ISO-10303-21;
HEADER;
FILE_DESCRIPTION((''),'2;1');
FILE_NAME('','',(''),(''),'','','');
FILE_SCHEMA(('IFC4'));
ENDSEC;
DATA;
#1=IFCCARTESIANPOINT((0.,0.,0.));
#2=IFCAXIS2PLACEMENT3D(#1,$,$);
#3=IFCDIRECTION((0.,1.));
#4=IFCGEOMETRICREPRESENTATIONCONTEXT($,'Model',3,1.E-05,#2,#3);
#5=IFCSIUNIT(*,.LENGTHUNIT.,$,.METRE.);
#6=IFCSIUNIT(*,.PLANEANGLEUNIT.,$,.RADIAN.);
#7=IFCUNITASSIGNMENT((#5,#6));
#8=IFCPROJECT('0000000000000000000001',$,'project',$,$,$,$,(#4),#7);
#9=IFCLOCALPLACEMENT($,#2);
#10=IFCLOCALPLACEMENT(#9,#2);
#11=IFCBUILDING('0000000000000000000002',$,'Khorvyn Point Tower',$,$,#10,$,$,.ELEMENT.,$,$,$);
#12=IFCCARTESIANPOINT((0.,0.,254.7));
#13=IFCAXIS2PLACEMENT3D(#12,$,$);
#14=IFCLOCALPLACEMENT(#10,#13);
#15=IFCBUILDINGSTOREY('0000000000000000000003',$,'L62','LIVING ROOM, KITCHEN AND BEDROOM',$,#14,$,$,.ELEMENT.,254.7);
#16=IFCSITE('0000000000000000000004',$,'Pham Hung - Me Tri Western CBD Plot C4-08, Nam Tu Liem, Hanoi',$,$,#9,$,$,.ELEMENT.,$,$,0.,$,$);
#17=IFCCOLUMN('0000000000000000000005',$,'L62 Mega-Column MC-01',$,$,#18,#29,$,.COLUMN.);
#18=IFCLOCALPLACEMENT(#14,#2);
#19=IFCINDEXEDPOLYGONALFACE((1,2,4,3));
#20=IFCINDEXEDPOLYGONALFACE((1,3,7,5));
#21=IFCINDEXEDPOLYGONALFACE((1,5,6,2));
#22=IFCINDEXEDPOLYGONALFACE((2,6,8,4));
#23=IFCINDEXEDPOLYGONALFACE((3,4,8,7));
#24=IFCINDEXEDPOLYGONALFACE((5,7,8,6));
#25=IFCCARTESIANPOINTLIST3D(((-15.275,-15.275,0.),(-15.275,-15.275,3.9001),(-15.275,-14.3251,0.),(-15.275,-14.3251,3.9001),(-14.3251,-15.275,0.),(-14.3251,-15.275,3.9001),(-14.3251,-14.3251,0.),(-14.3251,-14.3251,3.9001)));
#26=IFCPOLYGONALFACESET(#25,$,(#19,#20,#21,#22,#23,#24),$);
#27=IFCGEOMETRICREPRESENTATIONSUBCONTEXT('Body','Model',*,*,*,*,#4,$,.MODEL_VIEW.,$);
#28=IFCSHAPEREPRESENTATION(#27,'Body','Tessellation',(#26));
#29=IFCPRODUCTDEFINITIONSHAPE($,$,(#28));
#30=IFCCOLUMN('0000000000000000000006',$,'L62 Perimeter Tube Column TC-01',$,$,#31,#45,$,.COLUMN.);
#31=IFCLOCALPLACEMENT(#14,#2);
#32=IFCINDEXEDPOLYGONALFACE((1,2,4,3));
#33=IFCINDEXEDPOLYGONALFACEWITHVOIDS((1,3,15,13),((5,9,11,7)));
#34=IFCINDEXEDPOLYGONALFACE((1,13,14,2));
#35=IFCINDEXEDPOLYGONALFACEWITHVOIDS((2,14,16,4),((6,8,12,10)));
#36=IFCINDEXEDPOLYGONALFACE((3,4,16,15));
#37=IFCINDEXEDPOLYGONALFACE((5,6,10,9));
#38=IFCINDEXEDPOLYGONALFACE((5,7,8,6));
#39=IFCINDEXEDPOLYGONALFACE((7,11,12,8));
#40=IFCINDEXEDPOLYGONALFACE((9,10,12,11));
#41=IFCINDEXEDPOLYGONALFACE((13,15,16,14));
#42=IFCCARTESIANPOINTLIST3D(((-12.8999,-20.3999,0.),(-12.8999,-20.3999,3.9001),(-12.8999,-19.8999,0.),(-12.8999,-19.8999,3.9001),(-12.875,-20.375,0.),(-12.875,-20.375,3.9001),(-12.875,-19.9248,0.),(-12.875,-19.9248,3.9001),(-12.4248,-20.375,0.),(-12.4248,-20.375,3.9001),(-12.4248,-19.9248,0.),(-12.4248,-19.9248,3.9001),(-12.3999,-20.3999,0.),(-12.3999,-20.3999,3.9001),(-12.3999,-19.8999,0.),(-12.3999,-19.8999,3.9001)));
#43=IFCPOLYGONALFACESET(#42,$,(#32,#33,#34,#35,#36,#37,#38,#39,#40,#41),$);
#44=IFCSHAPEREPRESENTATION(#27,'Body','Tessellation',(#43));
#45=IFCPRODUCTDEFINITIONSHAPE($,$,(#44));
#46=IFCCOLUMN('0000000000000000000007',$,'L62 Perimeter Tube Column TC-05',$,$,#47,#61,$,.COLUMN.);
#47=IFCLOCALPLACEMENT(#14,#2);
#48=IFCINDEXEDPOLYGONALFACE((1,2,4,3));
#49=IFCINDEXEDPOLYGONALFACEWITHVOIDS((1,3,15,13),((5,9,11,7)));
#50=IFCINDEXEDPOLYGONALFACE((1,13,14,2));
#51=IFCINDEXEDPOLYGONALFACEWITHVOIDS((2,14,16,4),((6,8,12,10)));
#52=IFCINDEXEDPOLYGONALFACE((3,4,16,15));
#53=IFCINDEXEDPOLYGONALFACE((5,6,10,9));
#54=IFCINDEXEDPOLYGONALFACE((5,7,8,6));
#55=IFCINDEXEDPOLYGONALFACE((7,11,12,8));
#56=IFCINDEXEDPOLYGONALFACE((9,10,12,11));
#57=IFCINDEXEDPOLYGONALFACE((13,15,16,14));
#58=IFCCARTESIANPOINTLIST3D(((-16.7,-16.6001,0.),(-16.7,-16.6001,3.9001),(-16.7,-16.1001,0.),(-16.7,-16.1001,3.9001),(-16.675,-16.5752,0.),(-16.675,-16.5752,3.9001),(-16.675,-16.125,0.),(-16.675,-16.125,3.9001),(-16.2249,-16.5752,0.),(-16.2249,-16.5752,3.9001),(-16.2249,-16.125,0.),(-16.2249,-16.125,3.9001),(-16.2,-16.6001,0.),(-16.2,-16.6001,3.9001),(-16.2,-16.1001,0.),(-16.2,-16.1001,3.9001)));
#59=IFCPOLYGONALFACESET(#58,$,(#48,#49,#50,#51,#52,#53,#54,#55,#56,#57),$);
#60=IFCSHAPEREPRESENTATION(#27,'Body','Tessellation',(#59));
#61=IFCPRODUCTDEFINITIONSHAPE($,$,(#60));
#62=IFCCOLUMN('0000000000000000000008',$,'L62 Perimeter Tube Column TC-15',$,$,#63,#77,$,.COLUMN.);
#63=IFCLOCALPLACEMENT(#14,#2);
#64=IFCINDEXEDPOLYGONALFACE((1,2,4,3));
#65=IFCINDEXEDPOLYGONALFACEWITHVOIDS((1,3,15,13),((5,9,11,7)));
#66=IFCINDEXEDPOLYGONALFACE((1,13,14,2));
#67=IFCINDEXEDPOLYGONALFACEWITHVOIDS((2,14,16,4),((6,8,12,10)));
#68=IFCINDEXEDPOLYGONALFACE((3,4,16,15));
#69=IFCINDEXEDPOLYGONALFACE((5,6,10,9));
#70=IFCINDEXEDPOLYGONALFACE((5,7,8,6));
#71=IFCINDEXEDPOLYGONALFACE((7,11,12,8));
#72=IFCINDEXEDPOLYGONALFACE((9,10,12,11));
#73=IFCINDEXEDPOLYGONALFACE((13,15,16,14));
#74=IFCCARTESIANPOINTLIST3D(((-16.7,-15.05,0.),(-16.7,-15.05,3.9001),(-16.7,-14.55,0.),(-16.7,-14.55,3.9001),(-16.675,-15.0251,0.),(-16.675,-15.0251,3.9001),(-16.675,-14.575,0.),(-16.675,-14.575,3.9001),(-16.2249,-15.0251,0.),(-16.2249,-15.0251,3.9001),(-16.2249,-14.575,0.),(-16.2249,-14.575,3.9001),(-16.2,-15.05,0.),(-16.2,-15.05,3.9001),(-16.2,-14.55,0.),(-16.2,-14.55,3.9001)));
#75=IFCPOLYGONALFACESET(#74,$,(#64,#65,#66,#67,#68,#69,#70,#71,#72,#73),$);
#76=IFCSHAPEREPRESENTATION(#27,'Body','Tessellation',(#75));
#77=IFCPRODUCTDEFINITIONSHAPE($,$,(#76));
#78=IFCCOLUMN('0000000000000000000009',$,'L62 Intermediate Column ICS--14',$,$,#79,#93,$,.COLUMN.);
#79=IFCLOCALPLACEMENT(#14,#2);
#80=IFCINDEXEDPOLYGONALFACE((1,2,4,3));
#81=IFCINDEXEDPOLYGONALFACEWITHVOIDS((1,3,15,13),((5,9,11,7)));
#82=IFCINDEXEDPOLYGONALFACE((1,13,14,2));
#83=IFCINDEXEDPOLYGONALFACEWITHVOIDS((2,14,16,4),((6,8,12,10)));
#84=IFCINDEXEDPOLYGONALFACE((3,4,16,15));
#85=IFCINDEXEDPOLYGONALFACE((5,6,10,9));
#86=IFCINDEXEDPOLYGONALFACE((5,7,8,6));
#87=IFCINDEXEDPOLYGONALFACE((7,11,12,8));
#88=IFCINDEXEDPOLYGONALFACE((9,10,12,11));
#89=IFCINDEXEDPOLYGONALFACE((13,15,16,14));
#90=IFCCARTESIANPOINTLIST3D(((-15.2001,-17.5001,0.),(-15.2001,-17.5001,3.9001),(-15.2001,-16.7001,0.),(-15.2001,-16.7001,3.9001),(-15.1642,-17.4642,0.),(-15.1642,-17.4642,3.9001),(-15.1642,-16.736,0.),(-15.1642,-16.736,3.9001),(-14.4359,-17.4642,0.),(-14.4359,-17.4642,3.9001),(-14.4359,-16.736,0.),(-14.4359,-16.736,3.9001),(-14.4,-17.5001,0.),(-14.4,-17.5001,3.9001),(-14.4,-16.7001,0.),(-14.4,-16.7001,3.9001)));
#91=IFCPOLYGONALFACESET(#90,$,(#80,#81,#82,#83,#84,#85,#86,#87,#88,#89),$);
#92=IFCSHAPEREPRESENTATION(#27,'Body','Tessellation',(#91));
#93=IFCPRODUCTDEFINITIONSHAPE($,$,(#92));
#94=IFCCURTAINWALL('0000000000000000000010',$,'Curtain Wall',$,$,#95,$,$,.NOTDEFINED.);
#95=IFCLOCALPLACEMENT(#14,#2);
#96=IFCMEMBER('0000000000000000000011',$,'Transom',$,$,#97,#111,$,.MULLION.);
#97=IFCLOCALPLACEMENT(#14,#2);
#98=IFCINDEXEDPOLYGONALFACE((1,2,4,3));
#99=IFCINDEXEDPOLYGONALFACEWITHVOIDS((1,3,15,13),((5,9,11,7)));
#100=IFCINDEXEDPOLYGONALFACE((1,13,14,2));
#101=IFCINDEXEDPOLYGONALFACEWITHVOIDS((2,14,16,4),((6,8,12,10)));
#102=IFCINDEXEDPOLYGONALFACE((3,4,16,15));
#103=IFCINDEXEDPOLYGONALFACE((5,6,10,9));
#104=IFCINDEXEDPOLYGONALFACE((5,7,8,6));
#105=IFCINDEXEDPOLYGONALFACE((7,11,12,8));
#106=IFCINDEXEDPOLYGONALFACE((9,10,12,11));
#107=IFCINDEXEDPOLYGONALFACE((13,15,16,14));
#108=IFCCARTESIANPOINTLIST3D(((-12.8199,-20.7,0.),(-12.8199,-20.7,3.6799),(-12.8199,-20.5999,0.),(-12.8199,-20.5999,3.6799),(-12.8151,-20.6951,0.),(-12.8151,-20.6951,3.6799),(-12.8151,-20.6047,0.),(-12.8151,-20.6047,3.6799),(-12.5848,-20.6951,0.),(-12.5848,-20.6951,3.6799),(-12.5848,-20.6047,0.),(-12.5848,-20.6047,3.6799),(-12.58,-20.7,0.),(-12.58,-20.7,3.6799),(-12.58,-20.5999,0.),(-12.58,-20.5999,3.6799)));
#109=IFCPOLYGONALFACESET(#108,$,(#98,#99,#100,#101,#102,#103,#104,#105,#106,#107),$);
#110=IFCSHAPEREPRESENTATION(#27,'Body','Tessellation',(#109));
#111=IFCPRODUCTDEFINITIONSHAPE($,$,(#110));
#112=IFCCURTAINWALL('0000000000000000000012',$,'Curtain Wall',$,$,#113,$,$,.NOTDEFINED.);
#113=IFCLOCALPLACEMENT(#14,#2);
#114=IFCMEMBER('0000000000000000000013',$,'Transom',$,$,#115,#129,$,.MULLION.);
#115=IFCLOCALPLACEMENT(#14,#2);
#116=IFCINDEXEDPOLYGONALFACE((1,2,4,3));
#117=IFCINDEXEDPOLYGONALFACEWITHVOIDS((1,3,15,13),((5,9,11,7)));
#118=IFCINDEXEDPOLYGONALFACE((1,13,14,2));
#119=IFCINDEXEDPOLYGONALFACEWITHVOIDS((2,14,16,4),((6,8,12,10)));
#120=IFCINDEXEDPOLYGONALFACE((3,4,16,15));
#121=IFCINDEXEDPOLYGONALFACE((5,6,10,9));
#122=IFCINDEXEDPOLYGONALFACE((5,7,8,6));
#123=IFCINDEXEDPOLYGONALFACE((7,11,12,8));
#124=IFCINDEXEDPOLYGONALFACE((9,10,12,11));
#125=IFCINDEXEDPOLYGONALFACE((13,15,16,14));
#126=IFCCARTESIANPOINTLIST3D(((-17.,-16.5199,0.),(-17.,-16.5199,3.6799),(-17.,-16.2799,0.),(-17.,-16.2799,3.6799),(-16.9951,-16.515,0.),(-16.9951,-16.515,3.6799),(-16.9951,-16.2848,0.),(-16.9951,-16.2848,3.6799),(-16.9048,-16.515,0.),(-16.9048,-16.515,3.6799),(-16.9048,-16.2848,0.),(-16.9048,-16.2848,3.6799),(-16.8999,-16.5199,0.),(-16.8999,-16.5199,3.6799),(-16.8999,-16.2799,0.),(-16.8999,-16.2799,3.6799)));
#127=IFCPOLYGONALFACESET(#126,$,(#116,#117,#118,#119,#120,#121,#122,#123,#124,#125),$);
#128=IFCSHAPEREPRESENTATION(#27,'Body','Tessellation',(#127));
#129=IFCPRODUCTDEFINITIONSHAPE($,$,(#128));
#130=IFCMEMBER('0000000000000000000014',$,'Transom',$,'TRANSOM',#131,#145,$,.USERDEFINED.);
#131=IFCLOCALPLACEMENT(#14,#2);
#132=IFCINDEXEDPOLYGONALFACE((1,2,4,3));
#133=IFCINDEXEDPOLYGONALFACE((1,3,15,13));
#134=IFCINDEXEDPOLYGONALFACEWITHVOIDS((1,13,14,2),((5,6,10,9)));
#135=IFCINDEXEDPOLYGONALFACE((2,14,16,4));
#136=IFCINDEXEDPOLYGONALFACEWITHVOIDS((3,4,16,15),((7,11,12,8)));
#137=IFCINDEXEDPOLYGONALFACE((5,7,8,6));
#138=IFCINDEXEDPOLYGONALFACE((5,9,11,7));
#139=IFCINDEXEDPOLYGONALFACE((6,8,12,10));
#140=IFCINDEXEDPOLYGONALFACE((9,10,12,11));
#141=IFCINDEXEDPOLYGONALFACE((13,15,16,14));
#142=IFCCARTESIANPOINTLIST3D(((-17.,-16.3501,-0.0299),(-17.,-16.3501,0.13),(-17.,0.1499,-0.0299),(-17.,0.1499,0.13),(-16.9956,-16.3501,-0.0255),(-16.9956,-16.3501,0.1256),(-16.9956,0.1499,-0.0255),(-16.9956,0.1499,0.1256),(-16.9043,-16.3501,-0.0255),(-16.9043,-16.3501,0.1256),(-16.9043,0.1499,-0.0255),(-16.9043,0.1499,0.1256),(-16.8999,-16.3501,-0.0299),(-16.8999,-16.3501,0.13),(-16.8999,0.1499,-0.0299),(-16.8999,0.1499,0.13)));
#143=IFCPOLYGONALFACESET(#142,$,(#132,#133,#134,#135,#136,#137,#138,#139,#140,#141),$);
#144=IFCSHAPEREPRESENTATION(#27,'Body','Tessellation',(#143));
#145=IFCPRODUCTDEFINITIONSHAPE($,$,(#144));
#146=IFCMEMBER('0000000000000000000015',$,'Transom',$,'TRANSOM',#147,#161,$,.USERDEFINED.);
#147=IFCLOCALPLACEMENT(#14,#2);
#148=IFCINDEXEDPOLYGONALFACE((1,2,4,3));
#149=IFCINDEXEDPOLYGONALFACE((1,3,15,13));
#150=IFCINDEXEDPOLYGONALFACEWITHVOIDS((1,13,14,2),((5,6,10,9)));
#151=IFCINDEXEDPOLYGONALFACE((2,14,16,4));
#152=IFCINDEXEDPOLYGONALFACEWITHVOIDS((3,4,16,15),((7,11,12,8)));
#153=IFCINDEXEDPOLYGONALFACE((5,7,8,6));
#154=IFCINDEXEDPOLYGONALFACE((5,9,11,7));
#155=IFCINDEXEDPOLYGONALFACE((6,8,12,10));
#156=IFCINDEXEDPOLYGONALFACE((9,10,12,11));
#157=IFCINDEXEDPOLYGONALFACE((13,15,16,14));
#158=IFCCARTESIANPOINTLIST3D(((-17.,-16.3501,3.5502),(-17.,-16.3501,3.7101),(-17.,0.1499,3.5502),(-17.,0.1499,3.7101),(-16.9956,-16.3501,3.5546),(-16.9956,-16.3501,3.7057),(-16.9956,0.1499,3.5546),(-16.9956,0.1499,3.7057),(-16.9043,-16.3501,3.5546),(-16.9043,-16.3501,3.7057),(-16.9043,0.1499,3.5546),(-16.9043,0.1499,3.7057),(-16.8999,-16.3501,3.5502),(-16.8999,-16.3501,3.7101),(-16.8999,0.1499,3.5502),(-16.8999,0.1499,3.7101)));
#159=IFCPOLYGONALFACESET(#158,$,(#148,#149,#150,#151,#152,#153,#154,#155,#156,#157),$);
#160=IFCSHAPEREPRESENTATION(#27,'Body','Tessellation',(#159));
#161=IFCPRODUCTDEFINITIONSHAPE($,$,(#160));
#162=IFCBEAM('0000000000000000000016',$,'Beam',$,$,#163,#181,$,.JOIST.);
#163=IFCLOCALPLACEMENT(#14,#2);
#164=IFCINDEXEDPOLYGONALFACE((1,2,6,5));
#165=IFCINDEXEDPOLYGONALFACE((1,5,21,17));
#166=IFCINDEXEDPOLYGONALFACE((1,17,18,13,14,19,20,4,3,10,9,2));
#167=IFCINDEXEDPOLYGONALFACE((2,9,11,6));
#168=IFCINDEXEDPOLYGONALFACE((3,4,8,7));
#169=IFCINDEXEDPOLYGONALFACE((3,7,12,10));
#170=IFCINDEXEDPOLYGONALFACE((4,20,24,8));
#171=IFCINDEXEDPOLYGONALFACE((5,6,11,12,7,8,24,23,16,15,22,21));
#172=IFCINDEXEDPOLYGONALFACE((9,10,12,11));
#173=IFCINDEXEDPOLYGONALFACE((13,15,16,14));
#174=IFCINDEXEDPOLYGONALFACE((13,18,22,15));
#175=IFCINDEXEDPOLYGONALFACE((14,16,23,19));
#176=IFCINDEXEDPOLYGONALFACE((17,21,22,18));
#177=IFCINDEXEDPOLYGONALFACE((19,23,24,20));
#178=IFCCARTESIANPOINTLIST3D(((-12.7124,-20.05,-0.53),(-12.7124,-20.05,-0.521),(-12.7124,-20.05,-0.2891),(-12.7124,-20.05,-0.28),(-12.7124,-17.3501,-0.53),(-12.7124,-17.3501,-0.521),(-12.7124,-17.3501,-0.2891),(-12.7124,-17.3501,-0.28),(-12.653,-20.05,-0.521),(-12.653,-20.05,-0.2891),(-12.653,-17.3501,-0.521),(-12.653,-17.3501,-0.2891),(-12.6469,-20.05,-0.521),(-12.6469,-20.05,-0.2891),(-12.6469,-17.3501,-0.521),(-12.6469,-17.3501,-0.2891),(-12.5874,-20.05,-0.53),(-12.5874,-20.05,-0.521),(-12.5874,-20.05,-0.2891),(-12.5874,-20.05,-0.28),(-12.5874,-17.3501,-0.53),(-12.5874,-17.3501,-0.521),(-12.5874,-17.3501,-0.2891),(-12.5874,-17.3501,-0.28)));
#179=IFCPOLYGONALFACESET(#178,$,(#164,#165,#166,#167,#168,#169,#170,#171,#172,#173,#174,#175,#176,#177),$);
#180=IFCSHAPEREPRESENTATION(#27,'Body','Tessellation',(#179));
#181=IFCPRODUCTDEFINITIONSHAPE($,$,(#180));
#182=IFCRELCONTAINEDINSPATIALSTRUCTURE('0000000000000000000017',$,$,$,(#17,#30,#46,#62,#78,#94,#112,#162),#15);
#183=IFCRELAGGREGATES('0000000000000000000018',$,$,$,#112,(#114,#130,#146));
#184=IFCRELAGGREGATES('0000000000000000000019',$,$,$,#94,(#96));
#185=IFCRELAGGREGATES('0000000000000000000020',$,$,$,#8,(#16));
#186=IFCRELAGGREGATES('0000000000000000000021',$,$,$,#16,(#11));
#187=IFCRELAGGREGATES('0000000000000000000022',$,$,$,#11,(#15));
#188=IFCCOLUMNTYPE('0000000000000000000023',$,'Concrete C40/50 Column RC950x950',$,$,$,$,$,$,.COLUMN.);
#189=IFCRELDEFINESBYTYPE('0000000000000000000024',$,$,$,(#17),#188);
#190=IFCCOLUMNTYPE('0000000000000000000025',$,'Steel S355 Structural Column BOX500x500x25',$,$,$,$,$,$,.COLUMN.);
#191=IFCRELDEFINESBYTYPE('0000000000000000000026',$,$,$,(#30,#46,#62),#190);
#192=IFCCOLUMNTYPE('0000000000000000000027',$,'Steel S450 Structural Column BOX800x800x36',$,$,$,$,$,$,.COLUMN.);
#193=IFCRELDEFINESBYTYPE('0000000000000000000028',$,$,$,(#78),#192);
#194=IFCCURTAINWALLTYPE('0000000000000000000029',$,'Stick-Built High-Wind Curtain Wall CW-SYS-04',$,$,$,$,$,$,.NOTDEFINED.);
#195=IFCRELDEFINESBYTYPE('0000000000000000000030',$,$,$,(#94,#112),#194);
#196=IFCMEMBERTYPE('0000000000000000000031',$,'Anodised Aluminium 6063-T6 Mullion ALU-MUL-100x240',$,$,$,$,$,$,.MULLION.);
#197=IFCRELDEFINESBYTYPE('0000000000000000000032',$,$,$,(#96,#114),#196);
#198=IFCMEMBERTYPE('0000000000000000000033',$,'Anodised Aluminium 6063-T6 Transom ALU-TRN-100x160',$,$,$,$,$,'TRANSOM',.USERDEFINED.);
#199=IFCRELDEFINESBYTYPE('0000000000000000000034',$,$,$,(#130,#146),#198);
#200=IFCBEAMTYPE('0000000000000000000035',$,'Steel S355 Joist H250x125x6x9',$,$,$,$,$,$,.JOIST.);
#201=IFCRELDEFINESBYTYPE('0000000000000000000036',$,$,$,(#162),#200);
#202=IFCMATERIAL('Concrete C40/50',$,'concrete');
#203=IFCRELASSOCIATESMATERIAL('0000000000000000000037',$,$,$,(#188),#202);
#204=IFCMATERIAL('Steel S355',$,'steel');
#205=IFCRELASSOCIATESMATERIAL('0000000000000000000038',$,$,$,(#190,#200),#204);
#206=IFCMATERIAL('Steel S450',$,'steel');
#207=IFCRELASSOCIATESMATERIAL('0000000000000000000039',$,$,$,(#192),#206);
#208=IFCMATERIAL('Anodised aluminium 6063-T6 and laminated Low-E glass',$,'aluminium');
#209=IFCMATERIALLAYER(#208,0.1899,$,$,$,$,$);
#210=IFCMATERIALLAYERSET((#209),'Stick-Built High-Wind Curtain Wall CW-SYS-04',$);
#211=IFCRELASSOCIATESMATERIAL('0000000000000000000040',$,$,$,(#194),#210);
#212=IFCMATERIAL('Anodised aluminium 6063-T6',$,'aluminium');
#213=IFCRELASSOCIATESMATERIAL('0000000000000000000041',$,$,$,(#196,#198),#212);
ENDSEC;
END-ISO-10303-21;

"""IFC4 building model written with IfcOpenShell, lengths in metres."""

from ifc_helpers import new_model, si_unit, direction, frame, origin, origin_2d, place, context, subcontext, project, spatial, rectangle, hollow_rectangle, i_section, extrude, material, layer, layer_set, material_profile, profile_set, type_object, element, aggregate, save


model = new_model("IFC4")

# Units and contexts
model_context = context("Model", 3, precision=1e-05, world=origin(), true_north=direction((0.0, 1.0)))
body_context = subcontext(model_context, "Body", "Model", "MODEL_VIEW")
ifc_project = project(units=[si_unit("LENGTHUNIT", "METRE"), si_unit("PLANEANGLEUNIT", "RADIAN")], contexts=[model_context])

# Site, building, storey
site_placement = place(None, origin())
site = spatial("IfcSite", under=ifc_project, at=site_placement, Name="Pham Hung - Me Tri Western CBD Plot C4-08, Nam Tu Liem, Hanoi", CompositionType="ELEMENT", RefElevation=0.0)
building_placement = place(site_placement, origin())
building = spatial("IfcBuilding", under=site, at=building_placement, Name="Khorvyn Point Tower", CompositionType="ELEMENT")
storey_placement = place(building_placement, frame((0.0, 0.0, 254.7)))
storey = spatial("IfcBuildingStorey", under=building, at=storey_placement, Name="L62", Description="LIVING ROOM, KITCHEN AND BEDROOM", CompositionType="ELEMENT", Elevation=254.7)

# Columns
ifc_material_1 = material(Name="Concrete C40/50", Category="concrete")
ifc_material_profile_1 = material_profile(ifc_material_1, rectangle(XDim=0.95, YDim=0.95, at=origin_2d()))
ifc_profile_set_1 = profile_set([ifc_material_profile_1], Name="Concrete C40/50 RC950x950")
column_type_1 = type_object("IfcColumnType", Name="Concrete C40/50 Column RC950x950", PredefinedType="COLUMN", material=ifc_profile_set_1)
column_1_placement = place(storey_placement, frame((-14.8, -14.8, 0.0), z_axis=(0.0, 0.0, 1.0), x_axis=(1.0, 0.0, 0.0)))
element("IfcColumn", 1, at=column_1_placement, inside=storey, type_object=column_type_1, Name="L62 Mega-Column MC-01", PredefinedType="COLUMN", context=body_context, shape_type="SweptSolid", body=[
    extrude(rectangle(XDim=0.95, YDim=0.95, at=origin_2d()), origin(), (0.0, 0.0, 1.0), 3.9001),
])
ifc_material_2 = material(Name="Steel S355", Category="steel")
ifc_material_profile_2 = material_profile(ifc_material_2, hollow_rectangle(XDim=0.5, YDim=0.5, WallThickness=0.0249, at=origin_2d()))
ifc_profile_set_2 = profile_set([ifc_material_profile_2], Name="Steel S355 BOX500x500x25")
column_type_2 = type_object("IfcColumnType", Name="Steel S355 Structural Column BOX500x500x25", PredefinedType="COLUMN", material=ifc_profile_set_2)
for number, where, z_axis, x_axis, name in (
    (2, (-12.6499, -20.1499, 0.0), (0.0, 0.0, 1.0), (1.0, 0.0, 0.0), "L62 Perimeter Tube Column TC-01"),
    (3, (-16.45, -16.3501, 0.0), (0.0, 0.0, 1.0), (1.0, 0.0, 0.0), "L62 Perimeter Tube Column TC-05"),
    (4, (-16.45, -14.8, 0.0), (0.0, 0.0, 1.0), (1.0, 0.0, 0.0), "L62 Perimeter Tube Column TC-15"),
):
    element("IfcColumn", number, at=place(storey_placement, frame(where, z_axis=z_axis, x_axis=x_axis)), inside=storey, type_object=column_type_2, Name=name, PredefinedType="COLUMN", context=body_context, shape_type="SweptSolid", body=[
        extrude(hollow_rectangle(XDim=0.5, YDim=0.5, WallThickness=0.0249, at=origin_2d()), origin(), (0.0, 0.0, 1.0), 3.9001),
    ])
ifc_material_3 = material(Name="Steel S450", Category="steel")
ifc_material_profile_3 = material_profile(ifc_material_3, hollow_rectangle(XDim=0.8, YDim=0.8, WallThickness=0.0359, at=origin_2d()))
ifc_profile_set_3 = profile_set([ifc_material_profile_3], Name="Steel S450 BOX800x800x36")
column_type_3 = type_object("IfcColumnType", Name="Steel S450 Structural Column BOX800x800x36", PredefinedType="COLUMN", material=ifc_profile_set_3)
column_2_placement = place(storey_placement, frame((-14.8, -17.1001, 0.0), z_axis=(0.0, 0.0, 1.0), x_axis=(1.0, 0.0, 0.0)))
element("IfcColumn", 5, at=column_2_placement, inside=storey, type_object=column_type_3, Name="L62 Intermediate Column ICS--14", PredefinedType="COLUMN", context=body_context, shape_type="SweptSolid", body=[
    extrude(hollow_rectangle(XDim=0.8, YDim=0.8, WallThickness=0.0359, at=origin_2d()), origin(), (0.0, 0.0, 1.0), 3.9001),
])

# Curtain wall, member
ifc_material_4 = material(Name="Anodised aluminium 6063-T6 and laminated Low-E glass", Category="aluminium")
ifc_layer_1 = layer(ifc_material_4, 0.1899)
ifc_layer_set_1 = layer_set([ifc_layer_1], Name="Stick-Built High-Wind Curtain Wall CW-SYS-04")
curtain_wall_type = type_object("IfcCurtainWallType", Name="Stick-Built High-Wind Curtain Wall CW-SYS-04", PredefinedType="NOTDEFINED", material=ifc_layer_set_1)
curtain_wall_1_placement = place(storey_placement, origin())
curtain_wall_1 = element("IfcCurtainWall", 6, at=curtain_wall_1_placement, inside=storey, type_object=curtain_wall_type, Name="Curtain Wall", PredefinedType="NOTDEFINED")
ifc_material_5 = material(Name="Anodised aluminium 6063-T6", Category="aluminium")
ifc_material_profile_4 = material_profile(ifc_material_5, hollow_rectangle(XDim=0.1001, YDim=0.24, WallThickness=0.0049, at=origin_2d()))
ifc_profile_set_4 = profile_set([ifc_material_profile_4], Name="Anodised aluminium 6063-T6 ALU-MUL-100x240")
member_type_1 = type_object("IfcMemberType", Name="Anodised Aluminium 6063-T6 Mullion ALU-MUL-100x240", PredefinedType="MULLION", material=ifc_profile_set_4)
member_1_placement = place(storey_placement, frame((-12.7, -20.6499, 0.0), z_axis=(0.0, 0.0, 1.0), x_axis=(0.0, -1.0, 0.0)))
member_1 = element("IfcMember", 7, at=member_1_placement, type_object=member_type_1, Name="Transom", PredefinedType="MULLION", context=body_context, shape_type="SweptSolid", body=[
    extrude(hollow_rectangle(XDim=0.1001, YDim=0.24, WallThickness=0.0049, at=origin_2d()), origin(), (0.0, 0.0, 1.0), 3.6799),
])

# Curtain wall, members
curtain_wall_2_placement = place(storey_placement, origin())
curtain_wall_2 = element("IfcCurtainWall", 8, at=curtain_wall_2_placement, inside=storey, type_object=curtain_wall_type, Name="Curtain Wall", PredefinedType="NOTDEFINED")
member_2_placement = place(storey_placement, frame((-16.95, -16.3999, 0.0), z_axis=(0.0, 0.0, 1.0), x_axis=(-1.0, 0.0, 0.0)))
member_2 = element("IfcMember", 9, at=member_2_placement, type_object=member_type_1, Name="Transom", PredefinedType="MULLION", context=body_context, shape_type="SweptSolid", body=[
    extrude(hollow_rectangle(XDim=0.1001, YDim=0.24, WallThickness=0.0049, at=origin_2d()), origin(), (0.0, 0.0, 1.0), 3.6799),
])
ifc_material_profile_5 = material_profile(ifc_material_5, hollow_rectangle(XDim=0.1001, YDim=0.1599, WallThickness=0.0044, at=origin_2d()))
ifc_profile_set_5 = profile_set([ifc_material_profile_5], Name="Anodised aluminium 6063-T6 ALU-TRN-100x160")
member_type_2 = type_object("IfcMemberType", Name="Anodised Aluminium 6063-T6 Transom ALU-TRN-100x160", ElementType="TRANSOM", PredefinedType="USERDEFINED", material=ifc_profile_set_5)
member_3_placement = place(storey_placement, frame((-16.95, -16.3501, 0.05), z_axis=(0.0, 1.0, 0.0), x_axis=(-1.0, 0.0, 0.0)))
member_3 = element("IfcMember", 10, at=member_3_placement, type_object=member_type_2, Name="Transom", ObjectType="TRANSOM", PredefinedType="USERDEFINED", context=body_context, shape_type="SweptSolid", body=[
    extrude(hollow_rectangle(XDim=0.1001, YDim=0.1599, WallThickness=0.0044, at=origin_2d()), origin(), (0.0, 0.0, 1.0), 16.5),
])
member_4_placement = place(storey_placement, frame((-16.95, -16.3501, 3.6301), z_axis=(0.0, 1.0, 0.0), x_axis=(-1.0, 0.0, 0.0)))
member_4 = element("IfcMember", 11, at=member_4_placement, type_object=member_type_2, Name="Transom", ObjectType="TRANSOM", PredefinedType="USERDEFINED", context=body_context, shape_type="SweptSolid", body=[
    extrude(hollow_rectangle(XDim=0.1001, YDim=0.1599, WallThickness=0.0044, at=origin_2d()), origin(), (0.0, 0.0, 1.0), 16.5),
])
aggregate(curtain_wall_2, [member_2, member_3, member_4])

# Beam
ifc_material_profile_6 = material_profile(ifc_material_2, i_section(OverallWidth=0.125, OverallDepth=0.25, WebThickness=0.0061, FlangeThickness=0.009, at=origin_2d()))
ifc_profile_set_6 = profile_set([ifc_material_profile_6], Name="Steel S355 H250x125x6x9")
beam_type_1 = type_object("IfcBeamType", Name="Steel S355 Joist H250x125x6x9", PredefinedType="JOIST", material=ifc_profile_set_6)
beam_1_placement = place(storey_placement, frame((-12.6499, -20.05, -0.405), z_axis=(0.0, 1.0, 0.0), x_axis=(-1.0, 0.0, 0.0)))
element("IfcBeam", 12, at=beam_1_placement, inside=storey, type_object=beam_type_1, Name="Beam", PredefinedType="JOIST", context=body_context, shape_type="SweptSolid", body=[
    extrude(i_section(OverallWidth=0.125, OverallDepth=0.25, WebThickness=0.0061, FlangeThickness=0.009, at=origin_2d()), origin(), (0.0, 0.0, 1.0), 2.7),
])

aggregate(curtain_wall_1, [member_1])

save(model, "model.ifc")
